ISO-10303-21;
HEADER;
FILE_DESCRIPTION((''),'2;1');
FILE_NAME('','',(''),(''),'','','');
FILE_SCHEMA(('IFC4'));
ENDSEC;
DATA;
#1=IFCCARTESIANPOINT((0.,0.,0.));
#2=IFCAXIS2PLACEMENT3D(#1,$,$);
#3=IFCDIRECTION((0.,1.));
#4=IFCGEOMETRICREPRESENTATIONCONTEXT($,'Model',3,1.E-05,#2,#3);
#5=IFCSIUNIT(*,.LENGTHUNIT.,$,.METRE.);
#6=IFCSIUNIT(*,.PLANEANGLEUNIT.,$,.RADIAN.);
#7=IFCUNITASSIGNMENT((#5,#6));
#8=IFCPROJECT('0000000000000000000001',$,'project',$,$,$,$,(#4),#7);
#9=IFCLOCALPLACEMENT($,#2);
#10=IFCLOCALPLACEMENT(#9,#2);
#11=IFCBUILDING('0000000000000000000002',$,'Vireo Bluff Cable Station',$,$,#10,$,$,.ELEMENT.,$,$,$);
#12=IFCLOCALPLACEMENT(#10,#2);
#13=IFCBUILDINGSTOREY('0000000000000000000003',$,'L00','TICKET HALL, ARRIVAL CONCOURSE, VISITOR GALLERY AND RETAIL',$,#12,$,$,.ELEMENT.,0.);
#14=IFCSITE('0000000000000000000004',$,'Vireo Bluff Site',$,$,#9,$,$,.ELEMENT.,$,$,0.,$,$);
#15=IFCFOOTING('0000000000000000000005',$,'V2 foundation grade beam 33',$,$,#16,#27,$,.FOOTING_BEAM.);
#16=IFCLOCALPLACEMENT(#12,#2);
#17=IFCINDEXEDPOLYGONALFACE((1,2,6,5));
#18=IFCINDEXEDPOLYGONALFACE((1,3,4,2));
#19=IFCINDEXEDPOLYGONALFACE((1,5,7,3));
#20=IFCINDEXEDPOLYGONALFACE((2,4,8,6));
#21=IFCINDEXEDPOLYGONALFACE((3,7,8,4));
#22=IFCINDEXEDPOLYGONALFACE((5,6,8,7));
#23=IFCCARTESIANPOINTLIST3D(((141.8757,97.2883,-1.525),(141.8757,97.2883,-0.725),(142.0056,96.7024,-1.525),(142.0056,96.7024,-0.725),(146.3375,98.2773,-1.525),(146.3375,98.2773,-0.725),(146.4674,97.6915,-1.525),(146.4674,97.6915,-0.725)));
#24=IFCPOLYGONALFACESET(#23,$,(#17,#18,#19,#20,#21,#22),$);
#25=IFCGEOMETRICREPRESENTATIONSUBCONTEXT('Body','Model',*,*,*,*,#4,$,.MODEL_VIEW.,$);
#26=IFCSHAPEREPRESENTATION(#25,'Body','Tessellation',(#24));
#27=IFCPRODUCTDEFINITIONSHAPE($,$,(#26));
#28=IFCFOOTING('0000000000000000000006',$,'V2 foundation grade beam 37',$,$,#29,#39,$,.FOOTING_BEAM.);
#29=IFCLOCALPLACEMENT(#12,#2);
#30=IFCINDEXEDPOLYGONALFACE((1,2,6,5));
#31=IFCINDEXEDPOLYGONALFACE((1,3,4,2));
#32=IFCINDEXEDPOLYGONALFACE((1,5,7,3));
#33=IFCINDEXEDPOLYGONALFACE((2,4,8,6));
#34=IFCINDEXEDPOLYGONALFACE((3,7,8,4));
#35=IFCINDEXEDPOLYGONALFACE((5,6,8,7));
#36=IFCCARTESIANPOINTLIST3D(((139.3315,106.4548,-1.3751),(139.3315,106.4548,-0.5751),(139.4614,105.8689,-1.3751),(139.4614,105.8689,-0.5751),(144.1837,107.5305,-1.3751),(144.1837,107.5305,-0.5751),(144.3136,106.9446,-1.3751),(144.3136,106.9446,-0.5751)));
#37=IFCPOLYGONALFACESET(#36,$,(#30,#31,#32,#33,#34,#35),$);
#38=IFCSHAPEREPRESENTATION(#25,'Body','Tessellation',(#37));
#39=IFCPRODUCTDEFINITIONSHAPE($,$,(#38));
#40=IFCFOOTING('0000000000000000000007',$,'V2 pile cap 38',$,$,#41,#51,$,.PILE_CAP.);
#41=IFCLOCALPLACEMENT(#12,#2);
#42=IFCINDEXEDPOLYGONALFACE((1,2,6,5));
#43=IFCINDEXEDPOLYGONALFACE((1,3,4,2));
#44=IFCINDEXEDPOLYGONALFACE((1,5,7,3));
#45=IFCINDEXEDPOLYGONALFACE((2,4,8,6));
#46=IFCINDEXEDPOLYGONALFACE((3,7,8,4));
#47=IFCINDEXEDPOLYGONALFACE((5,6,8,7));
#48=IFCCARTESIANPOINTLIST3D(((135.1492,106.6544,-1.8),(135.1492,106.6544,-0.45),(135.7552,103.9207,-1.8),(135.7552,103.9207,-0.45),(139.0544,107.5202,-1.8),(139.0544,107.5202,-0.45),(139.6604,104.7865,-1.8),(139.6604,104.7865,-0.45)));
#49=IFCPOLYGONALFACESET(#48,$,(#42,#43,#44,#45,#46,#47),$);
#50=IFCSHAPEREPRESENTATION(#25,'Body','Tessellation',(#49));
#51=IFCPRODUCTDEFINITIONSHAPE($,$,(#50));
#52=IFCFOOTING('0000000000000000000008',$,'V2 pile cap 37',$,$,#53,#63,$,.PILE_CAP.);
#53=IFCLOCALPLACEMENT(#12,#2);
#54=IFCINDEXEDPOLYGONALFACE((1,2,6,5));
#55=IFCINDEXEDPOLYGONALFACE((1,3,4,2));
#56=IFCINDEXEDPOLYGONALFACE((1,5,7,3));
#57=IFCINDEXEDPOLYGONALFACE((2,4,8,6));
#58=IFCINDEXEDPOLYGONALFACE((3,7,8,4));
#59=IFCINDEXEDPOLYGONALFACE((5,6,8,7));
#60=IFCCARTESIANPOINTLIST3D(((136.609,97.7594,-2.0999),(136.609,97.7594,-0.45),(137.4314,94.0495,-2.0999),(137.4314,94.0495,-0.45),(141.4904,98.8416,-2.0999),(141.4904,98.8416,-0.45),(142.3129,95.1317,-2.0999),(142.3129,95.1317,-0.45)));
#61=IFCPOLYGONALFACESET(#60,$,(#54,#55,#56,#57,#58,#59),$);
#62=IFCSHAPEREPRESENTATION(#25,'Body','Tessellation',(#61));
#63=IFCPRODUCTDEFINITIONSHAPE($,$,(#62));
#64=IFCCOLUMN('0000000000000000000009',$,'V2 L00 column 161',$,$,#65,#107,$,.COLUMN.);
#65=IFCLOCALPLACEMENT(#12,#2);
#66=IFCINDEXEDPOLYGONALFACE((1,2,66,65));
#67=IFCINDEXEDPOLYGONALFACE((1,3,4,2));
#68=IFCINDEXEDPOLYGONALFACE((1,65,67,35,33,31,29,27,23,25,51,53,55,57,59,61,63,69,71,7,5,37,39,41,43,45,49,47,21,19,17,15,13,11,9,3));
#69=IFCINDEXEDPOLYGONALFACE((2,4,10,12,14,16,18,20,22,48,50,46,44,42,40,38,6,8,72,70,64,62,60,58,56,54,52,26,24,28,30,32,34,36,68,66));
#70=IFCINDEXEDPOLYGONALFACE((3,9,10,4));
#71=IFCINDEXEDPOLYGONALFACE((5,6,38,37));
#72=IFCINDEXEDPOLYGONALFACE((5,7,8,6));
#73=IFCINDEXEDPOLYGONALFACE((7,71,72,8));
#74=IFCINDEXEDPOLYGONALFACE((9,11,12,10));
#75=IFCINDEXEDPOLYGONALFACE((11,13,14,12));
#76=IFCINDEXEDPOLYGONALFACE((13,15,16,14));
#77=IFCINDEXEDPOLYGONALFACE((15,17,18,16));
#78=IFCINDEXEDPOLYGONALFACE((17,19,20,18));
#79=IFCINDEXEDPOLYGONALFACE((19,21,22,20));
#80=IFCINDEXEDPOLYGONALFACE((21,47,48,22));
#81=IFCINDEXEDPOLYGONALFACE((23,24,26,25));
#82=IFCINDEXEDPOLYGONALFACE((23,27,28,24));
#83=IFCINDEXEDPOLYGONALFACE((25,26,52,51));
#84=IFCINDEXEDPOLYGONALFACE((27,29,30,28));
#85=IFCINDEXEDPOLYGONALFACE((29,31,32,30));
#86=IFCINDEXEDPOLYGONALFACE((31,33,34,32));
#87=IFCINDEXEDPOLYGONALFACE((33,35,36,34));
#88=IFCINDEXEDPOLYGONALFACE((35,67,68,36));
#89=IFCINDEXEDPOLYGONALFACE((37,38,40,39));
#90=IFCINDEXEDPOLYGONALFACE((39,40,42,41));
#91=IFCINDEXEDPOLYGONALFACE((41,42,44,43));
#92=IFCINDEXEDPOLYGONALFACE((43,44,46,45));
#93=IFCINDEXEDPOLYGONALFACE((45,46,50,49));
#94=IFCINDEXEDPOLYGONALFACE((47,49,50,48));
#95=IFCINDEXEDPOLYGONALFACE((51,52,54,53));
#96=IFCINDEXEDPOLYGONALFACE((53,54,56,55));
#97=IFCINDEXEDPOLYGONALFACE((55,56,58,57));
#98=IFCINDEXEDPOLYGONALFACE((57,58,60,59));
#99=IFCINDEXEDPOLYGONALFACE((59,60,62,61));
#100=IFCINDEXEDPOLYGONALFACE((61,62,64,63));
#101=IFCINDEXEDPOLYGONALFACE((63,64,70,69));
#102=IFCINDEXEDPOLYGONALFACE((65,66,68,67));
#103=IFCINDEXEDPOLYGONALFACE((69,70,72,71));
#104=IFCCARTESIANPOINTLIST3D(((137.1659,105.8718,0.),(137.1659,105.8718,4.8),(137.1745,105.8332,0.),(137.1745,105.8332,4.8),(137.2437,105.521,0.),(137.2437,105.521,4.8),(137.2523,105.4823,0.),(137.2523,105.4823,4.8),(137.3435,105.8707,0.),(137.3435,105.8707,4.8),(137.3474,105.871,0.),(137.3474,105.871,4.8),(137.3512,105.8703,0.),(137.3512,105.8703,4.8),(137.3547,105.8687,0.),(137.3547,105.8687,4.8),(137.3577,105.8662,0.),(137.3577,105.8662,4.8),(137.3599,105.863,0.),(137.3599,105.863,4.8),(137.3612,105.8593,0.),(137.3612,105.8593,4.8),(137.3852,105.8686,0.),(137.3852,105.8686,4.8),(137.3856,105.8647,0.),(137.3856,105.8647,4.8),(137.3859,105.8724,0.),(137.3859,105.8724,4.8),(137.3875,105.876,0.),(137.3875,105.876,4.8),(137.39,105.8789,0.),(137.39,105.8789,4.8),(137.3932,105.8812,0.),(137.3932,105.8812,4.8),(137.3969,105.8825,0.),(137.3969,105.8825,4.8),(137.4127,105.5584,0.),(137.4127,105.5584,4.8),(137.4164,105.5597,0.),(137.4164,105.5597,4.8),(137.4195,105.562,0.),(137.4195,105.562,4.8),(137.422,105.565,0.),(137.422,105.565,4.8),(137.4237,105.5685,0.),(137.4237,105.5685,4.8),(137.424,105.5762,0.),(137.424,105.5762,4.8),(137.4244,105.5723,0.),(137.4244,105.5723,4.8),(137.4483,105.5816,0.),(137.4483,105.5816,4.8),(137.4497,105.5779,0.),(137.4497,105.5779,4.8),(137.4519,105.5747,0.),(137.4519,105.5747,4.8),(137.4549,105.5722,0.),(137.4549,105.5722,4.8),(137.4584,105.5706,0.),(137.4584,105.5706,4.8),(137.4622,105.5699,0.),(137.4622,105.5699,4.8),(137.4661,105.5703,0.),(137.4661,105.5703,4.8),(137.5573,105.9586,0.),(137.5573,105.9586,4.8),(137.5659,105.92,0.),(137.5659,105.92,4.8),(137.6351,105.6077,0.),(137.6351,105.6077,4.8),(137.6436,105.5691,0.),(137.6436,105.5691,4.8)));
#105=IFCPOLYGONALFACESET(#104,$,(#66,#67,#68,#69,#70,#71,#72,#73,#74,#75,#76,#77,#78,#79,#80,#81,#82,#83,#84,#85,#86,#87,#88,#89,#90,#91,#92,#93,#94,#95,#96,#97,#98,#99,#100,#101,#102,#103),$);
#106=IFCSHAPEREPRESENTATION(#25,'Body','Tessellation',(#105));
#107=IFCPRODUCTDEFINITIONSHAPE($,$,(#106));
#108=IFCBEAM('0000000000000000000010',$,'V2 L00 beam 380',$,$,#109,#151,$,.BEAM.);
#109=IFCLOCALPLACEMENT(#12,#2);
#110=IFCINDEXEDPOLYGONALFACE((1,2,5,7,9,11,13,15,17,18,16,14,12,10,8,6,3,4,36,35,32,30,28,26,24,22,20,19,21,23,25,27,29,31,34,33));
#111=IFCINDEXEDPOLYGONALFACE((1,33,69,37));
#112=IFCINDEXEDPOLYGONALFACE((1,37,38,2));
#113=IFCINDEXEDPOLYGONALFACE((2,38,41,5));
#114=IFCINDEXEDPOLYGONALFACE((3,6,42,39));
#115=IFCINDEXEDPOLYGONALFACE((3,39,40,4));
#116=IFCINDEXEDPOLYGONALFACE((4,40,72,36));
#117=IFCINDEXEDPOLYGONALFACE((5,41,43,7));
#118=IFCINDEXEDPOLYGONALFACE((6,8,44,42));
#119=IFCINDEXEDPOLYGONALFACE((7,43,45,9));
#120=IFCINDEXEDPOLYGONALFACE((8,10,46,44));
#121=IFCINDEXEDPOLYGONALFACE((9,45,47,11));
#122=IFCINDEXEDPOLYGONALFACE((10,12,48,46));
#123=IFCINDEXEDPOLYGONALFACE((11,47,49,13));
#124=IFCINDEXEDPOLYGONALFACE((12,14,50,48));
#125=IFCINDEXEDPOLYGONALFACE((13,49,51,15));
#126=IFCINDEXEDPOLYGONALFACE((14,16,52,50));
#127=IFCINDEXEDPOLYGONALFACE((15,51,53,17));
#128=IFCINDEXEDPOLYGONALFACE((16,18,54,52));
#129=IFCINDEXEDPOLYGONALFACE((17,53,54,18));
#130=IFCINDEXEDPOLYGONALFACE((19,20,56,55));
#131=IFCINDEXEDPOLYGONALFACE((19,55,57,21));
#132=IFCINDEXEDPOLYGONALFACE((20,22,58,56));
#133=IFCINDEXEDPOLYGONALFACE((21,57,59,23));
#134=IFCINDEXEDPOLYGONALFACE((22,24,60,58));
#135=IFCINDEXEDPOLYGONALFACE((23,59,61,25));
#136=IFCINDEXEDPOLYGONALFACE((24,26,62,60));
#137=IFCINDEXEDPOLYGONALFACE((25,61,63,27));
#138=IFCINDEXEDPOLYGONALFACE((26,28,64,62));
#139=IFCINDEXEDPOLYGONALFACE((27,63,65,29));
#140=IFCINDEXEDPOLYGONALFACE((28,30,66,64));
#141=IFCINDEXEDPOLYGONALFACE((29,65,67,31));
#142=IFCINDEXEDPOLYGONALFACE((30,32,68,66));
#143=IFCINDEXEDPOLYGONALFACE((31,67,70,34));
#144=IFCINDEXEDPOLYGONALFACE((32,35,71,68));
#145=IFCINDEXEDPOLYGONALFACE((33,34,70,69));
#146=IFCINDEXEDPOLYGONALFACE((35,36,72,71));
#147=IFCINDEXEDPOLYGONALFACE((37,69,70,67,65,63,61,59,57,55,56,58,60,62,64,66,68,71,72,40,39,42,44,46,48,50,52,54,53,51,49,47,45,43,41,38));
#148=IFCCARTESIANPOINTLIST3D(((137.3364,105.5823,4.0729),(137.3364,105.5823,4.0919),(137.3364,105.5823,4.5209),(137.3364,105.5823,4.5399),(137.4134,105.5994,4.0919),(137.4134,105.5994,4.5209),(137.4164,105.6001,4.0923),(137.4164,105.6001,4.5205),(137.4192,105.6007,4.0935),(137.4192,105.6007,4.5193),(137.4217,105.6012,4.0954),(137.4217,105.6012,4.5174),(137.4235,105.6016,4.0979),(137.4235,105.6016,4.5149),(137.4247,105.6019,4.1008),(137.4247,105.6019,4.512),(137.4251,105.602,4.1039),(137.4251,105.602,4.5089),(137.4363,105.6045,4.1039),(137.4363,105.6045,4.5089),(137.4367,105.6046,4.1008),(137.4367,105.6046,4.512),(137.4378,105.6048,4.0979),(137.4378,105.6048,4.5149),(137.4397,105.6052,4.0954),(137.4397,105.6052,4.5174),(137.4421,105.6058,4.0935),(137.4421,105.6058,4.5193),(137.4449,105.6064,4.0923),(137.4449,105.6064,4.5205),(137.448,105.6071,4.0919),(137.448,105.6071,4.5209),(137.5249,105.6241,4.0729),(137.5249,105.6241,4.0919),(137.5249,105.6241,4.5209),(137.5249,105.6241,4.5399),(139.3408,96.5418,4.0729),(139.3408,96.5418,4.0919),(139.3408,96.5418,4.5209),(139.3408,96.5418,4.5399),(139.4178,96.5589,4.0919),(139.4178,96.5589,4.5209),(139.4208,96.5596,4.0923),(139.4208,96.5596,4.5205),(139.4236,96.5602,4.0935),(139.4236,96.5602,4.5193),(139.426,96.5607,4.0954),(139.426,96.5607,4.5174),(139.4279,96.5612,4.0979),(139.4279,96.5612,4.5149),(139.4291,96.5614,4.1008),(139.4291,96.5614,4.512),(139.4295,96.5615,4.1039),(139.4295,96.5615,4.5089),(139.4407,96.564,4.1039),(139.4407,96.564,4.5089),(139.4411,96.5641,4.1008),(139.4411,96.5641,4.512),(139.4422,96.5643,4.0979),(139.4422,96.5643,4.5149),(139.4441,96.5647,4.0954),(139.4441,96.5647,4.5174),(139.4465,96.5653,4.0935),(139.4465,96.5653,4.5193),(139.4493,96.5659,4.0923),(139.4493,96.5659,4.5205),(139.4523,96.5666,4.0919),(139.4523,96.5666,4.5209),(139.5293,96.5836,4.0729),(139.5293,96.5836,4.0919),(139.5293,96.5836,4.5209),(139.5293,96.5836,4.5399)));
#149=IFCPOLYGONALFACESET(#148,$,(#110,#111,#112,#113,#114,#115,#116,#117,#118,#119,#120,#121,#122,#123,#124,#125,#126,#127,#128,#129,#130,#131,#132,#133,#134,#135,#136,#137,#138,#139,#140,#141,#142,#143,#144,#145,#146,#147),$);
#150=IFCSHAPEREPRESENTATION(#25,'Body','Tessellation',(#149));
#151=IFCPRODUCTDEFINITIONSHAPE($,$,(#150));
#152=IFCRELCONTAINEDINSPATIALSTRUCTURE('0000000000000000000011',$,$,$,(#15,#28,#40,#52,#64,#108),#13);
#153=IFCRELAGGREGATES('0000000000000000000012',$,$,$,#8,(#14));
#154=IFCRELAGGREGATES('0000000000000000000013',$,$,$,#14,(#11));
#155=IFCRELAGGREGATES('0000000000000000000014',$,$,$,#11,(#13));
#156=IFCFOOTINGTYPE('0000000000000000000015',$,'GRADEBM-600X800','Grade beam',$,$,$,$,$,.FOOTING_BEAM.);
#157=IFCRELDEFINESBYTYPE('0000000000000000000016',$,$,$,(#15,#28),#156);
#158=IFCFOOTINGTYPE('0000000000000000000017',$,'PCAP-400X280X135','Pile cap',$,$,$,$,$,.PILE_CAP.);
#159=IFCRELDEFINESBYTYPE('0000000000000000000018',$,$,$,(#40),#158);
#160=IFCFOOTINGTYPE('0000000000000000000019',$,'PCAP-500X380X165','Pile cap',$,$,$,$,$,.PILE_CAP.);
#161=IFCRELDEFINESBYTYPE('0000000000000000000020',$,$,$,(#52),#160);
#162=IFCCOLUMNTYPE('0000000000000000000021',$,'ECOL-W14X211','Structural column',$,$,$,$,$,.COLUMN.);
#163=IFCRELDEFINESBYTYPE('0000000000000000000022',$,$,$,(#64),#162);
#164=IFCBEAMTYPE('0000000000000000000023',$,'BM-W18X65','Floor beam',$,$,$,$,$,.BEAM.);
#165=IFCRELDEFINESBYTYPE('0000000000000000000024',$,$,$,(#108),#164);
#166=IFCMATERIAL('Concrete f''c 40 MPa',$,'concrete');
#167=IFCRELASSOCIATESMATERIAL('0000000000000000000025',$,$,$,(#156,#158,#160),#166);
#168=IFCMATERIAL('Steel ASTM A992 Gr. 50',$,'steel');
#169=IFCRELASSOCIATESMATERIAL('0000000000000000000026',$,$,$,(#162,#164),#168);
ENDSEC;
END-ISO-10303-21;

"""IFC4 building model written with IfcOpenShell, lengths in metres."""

from ifc_helpers import new_model, si_unit, direction, frame, origin, origin_2d, place, context, subcontext, project, spatial, rectangle, i_section, extrude, material, material_profile, profile_set, type_object, element, save


model = new_model("IFC4")

# Units and contexts
model_context = context("Model", 3, precision=1e-05, world=origin(), true_north=direction((0.0, 1.0)))
body_context = subcontext(model_context, "Body", "Model", "MODEL_VIEW")
ifc_project = project(units=[si_unit("LENGTHUNIT", "METRE"), si_unit("PLANEANGLEUNIT", "RADIAN")], contexts=[model_context])

# Site, building, storey
site_placement = place(None, origin())
site = spatial("IfcSite", under=ifc_project, at=site_placement, Name="Vireo Bluff Site", CompositionType="ELEMENT", RefElevation=0.0)
building_placement = place(site_placement, origin())
building = spatial("IfcBuilding", under=site, at=building_placement, Name="Vireo Bluff Cable Station", CompositionType="ELEMENT")
storey_placement = place(building_placement, origin())
storey = spatial("IfcBuildingStorey", under=building, at=storey_placement, Name="L00", Description="TICKET HALL, ARRIVAL CONCOURSE, VISITOR GALLERY AND RETAIL", CompositionType="ELEMENT", Elevation=0.0)

# Footings
ifc_material_1 = material(Name="Concrete f'c 40 MPa", Category="concrete")
ifc_material_profile_1 = material_profile(ifc_material_1, rectangle(XDim=0.6001, YDim=0.8, at=origin_2d()), Name="GRADEBM-600X800")
ifc_profile_set_1 = profile_set([ifc_material_profile_1], Name="Concrete f'c 40 MPa")
footing_type_1 = type_object("IfcFootingType", Name="GRADEBM-600X800", Description="Grade beam", PredefinedType="FOOTING_BEAM", material=ifc_profile_set_1)
footing_1_placement = place(storey_placement, frame((141.9407, 96.9954, -1.125), z_axis=(0.976301, 0.216416, 0.0), x_axis=(-0.216416, 0.976301, 0.0)))
element("IfcFooting", 1, at=footing_1_placement, inside=storey, type_object=footing_type_1, Name="V2 foundation grade beam 33", PredefinedType="FOOTING_BEAM", context=body_context, shape_type="SweptSolid", body=[
    extrude(rectangle(XDim=0.6001, YDim=0.8, at=origin_2d()), origin(), (0.0, 0.0, 1.0), 4.5701),
])
footing_2_placement = place(storey_placement, frame((139.3965, 106.1619, -0.9751), z_axis=(0.976296, 0.216441, 0.0), x_axis=(-0.216441, 0.976296, 0.0)))
element("IfcFooting", 2, at=footing_2_placement, inside=storey, type_object=footing_type_1, Name="V2 foundation grade beam 37", PredefinedType="FOOTING_BEAM", context=body_context, shape_type="SweptSolid", body=[
    extrude(rectangle(XDim=0.6001, YDim=0.8, at=origin_2d()), origin(), (0.0, 0.0, 1.0), 4.97),
])
footing_type_2 = type_object("IfcFootingType", Name="PCAP-400X280X135", Description="Pile cap", PredefinedType="PILE_CAP", material=ifc_material_1)
footing_3_placement = place(storey_placement, frame((137.4048, 105.7205, -1.8), z_axis=(0.0, 0.0, 1.0), x_axis=(0.976296, 0.21644, 0.0)))
element("IfcFooting", 3, at=footing_3_placement, inside=storey, type_object=footing_type_2, Name="V2 pile cap 38", PredefinedType="PILE_CAP", context=body_context, shape_type="SweptSolid", body=[
    extrude(rectangle(XDim=4.0, YDim=2.8, at=origin_2d()), origin(), (0.0, 0.0, 1.0), 1.3501),
])
footing_type_3 = type_object("IfcFootingType", Name="PCAP-500X380X165", Description="Pile cap", PredefinedType="PILE_CAP", material=ifc_material_1)
footing_4_placement = place(storey_placement, frame((139.4609, 96.4456, -2.0999), z_axis=(0.0, 0.0, 1.0), x_axis=(0.976296, 0.21644, 0.0)))
element("IfcFooting", 4, at=footing_4_placement, inside=storey, type_object=footing_type_3, Name="V2 pile cap 37", PredefinedType="PILE_CAP", context=body_context, shape_type="SweptSolid", body=[
    extrude(rectangle(XDim=5.0, YDim=3.8, at=origin_2d()), origin(), (0.0, 0.0, 1.0), 1.6499),
])

# Column
ifc_material_2 = material(Name="Steel ASTM A992 Gr. 50", Category="steel")
ifc_material_profile_2 = material_profile(ifc_material_2, i_section(OverallWidth=0.4009, OverallDepth=0.3989, WebThickness=0.0249, FlangeThickness=0.0396, FilletRadius=0.0149, at=origin_2d()), Name="W14X211")
ifc_profile_set_2 = profile_set([ifc_material_profile_2], Name="Steel ASTM A992 Gr. 50")
column_type = type_object("IfcColumnType", Name="ECOL-W14X211", Description="Structural column", PredefinedType="COLUMN", material=ifc_profile_set_2)
column_placement = place(storey_placement, frame((137.4048, 105.7205, 0.0), z_axis=(0.0, 0.0, 1.0), x_axis=(0.976296, 0.21644, 0.0)))
element("IfcColumn", 5, at=column_placement, inside=storey, type_object=column_type, Name="V2 L00 column 161", PredefinedType="COLUMN", context=body_context, shape_type="SweptSolid", body=[
    extrude(i_section(OverallWidth=0.4009, OverallDepth=0.3989, WebThickness=0.0249, FlangeThickness=0.0396, FilletRadius=0.0149, at=origin_2d()), origin(), (0.0, 0.0, 1.0), 4.8),
])

# Beam
ifc_material_profile_3 = material_profile(ifc_material_2, i_section(OverallWidth=0.1931, OverallDepth=0.467, WebThickness=0.0115, FlangeThickness=0.019, FilletRadius=0.012, at=origin_2d()), Name="W18X65")
ifc_profile_set_3 = profile_set([ifc_material_profile_3], Name="Steel ASTM A992 Gr. 50")
beam_type_1 = type_object("IfcBeamType", Name="BM-W18X65", Description="Floor beam", PredefinedType="BEAM", material=ifc_profile_set_3)
beam_1_placement = place(storey_placement, frame((139.4351, 96.5627, 4.3064), z_axis=(-0.216456, 0.976292, 0.0), x_axis=(-0.976292, -0.216456, 0.0)))
element("IfcBeam", 6, at=beam_1_placement, inside=storey, type_object=beam_type_1, Name="V2 L00 beam 380", PredefinedType="BEAM", context=body_context, shape_type="SweptSolid", body=[
    extrude(i_section(OverallWidth=0.1931, OverallDepth=0.467, WebThickness=0.0115, FlangeThickness=0.019, FilletRadius=0.012, at=origin_2d()), origin(), (0.0, 0.0, 1.0), 9.26),
])

save(model, "model.ifc")
